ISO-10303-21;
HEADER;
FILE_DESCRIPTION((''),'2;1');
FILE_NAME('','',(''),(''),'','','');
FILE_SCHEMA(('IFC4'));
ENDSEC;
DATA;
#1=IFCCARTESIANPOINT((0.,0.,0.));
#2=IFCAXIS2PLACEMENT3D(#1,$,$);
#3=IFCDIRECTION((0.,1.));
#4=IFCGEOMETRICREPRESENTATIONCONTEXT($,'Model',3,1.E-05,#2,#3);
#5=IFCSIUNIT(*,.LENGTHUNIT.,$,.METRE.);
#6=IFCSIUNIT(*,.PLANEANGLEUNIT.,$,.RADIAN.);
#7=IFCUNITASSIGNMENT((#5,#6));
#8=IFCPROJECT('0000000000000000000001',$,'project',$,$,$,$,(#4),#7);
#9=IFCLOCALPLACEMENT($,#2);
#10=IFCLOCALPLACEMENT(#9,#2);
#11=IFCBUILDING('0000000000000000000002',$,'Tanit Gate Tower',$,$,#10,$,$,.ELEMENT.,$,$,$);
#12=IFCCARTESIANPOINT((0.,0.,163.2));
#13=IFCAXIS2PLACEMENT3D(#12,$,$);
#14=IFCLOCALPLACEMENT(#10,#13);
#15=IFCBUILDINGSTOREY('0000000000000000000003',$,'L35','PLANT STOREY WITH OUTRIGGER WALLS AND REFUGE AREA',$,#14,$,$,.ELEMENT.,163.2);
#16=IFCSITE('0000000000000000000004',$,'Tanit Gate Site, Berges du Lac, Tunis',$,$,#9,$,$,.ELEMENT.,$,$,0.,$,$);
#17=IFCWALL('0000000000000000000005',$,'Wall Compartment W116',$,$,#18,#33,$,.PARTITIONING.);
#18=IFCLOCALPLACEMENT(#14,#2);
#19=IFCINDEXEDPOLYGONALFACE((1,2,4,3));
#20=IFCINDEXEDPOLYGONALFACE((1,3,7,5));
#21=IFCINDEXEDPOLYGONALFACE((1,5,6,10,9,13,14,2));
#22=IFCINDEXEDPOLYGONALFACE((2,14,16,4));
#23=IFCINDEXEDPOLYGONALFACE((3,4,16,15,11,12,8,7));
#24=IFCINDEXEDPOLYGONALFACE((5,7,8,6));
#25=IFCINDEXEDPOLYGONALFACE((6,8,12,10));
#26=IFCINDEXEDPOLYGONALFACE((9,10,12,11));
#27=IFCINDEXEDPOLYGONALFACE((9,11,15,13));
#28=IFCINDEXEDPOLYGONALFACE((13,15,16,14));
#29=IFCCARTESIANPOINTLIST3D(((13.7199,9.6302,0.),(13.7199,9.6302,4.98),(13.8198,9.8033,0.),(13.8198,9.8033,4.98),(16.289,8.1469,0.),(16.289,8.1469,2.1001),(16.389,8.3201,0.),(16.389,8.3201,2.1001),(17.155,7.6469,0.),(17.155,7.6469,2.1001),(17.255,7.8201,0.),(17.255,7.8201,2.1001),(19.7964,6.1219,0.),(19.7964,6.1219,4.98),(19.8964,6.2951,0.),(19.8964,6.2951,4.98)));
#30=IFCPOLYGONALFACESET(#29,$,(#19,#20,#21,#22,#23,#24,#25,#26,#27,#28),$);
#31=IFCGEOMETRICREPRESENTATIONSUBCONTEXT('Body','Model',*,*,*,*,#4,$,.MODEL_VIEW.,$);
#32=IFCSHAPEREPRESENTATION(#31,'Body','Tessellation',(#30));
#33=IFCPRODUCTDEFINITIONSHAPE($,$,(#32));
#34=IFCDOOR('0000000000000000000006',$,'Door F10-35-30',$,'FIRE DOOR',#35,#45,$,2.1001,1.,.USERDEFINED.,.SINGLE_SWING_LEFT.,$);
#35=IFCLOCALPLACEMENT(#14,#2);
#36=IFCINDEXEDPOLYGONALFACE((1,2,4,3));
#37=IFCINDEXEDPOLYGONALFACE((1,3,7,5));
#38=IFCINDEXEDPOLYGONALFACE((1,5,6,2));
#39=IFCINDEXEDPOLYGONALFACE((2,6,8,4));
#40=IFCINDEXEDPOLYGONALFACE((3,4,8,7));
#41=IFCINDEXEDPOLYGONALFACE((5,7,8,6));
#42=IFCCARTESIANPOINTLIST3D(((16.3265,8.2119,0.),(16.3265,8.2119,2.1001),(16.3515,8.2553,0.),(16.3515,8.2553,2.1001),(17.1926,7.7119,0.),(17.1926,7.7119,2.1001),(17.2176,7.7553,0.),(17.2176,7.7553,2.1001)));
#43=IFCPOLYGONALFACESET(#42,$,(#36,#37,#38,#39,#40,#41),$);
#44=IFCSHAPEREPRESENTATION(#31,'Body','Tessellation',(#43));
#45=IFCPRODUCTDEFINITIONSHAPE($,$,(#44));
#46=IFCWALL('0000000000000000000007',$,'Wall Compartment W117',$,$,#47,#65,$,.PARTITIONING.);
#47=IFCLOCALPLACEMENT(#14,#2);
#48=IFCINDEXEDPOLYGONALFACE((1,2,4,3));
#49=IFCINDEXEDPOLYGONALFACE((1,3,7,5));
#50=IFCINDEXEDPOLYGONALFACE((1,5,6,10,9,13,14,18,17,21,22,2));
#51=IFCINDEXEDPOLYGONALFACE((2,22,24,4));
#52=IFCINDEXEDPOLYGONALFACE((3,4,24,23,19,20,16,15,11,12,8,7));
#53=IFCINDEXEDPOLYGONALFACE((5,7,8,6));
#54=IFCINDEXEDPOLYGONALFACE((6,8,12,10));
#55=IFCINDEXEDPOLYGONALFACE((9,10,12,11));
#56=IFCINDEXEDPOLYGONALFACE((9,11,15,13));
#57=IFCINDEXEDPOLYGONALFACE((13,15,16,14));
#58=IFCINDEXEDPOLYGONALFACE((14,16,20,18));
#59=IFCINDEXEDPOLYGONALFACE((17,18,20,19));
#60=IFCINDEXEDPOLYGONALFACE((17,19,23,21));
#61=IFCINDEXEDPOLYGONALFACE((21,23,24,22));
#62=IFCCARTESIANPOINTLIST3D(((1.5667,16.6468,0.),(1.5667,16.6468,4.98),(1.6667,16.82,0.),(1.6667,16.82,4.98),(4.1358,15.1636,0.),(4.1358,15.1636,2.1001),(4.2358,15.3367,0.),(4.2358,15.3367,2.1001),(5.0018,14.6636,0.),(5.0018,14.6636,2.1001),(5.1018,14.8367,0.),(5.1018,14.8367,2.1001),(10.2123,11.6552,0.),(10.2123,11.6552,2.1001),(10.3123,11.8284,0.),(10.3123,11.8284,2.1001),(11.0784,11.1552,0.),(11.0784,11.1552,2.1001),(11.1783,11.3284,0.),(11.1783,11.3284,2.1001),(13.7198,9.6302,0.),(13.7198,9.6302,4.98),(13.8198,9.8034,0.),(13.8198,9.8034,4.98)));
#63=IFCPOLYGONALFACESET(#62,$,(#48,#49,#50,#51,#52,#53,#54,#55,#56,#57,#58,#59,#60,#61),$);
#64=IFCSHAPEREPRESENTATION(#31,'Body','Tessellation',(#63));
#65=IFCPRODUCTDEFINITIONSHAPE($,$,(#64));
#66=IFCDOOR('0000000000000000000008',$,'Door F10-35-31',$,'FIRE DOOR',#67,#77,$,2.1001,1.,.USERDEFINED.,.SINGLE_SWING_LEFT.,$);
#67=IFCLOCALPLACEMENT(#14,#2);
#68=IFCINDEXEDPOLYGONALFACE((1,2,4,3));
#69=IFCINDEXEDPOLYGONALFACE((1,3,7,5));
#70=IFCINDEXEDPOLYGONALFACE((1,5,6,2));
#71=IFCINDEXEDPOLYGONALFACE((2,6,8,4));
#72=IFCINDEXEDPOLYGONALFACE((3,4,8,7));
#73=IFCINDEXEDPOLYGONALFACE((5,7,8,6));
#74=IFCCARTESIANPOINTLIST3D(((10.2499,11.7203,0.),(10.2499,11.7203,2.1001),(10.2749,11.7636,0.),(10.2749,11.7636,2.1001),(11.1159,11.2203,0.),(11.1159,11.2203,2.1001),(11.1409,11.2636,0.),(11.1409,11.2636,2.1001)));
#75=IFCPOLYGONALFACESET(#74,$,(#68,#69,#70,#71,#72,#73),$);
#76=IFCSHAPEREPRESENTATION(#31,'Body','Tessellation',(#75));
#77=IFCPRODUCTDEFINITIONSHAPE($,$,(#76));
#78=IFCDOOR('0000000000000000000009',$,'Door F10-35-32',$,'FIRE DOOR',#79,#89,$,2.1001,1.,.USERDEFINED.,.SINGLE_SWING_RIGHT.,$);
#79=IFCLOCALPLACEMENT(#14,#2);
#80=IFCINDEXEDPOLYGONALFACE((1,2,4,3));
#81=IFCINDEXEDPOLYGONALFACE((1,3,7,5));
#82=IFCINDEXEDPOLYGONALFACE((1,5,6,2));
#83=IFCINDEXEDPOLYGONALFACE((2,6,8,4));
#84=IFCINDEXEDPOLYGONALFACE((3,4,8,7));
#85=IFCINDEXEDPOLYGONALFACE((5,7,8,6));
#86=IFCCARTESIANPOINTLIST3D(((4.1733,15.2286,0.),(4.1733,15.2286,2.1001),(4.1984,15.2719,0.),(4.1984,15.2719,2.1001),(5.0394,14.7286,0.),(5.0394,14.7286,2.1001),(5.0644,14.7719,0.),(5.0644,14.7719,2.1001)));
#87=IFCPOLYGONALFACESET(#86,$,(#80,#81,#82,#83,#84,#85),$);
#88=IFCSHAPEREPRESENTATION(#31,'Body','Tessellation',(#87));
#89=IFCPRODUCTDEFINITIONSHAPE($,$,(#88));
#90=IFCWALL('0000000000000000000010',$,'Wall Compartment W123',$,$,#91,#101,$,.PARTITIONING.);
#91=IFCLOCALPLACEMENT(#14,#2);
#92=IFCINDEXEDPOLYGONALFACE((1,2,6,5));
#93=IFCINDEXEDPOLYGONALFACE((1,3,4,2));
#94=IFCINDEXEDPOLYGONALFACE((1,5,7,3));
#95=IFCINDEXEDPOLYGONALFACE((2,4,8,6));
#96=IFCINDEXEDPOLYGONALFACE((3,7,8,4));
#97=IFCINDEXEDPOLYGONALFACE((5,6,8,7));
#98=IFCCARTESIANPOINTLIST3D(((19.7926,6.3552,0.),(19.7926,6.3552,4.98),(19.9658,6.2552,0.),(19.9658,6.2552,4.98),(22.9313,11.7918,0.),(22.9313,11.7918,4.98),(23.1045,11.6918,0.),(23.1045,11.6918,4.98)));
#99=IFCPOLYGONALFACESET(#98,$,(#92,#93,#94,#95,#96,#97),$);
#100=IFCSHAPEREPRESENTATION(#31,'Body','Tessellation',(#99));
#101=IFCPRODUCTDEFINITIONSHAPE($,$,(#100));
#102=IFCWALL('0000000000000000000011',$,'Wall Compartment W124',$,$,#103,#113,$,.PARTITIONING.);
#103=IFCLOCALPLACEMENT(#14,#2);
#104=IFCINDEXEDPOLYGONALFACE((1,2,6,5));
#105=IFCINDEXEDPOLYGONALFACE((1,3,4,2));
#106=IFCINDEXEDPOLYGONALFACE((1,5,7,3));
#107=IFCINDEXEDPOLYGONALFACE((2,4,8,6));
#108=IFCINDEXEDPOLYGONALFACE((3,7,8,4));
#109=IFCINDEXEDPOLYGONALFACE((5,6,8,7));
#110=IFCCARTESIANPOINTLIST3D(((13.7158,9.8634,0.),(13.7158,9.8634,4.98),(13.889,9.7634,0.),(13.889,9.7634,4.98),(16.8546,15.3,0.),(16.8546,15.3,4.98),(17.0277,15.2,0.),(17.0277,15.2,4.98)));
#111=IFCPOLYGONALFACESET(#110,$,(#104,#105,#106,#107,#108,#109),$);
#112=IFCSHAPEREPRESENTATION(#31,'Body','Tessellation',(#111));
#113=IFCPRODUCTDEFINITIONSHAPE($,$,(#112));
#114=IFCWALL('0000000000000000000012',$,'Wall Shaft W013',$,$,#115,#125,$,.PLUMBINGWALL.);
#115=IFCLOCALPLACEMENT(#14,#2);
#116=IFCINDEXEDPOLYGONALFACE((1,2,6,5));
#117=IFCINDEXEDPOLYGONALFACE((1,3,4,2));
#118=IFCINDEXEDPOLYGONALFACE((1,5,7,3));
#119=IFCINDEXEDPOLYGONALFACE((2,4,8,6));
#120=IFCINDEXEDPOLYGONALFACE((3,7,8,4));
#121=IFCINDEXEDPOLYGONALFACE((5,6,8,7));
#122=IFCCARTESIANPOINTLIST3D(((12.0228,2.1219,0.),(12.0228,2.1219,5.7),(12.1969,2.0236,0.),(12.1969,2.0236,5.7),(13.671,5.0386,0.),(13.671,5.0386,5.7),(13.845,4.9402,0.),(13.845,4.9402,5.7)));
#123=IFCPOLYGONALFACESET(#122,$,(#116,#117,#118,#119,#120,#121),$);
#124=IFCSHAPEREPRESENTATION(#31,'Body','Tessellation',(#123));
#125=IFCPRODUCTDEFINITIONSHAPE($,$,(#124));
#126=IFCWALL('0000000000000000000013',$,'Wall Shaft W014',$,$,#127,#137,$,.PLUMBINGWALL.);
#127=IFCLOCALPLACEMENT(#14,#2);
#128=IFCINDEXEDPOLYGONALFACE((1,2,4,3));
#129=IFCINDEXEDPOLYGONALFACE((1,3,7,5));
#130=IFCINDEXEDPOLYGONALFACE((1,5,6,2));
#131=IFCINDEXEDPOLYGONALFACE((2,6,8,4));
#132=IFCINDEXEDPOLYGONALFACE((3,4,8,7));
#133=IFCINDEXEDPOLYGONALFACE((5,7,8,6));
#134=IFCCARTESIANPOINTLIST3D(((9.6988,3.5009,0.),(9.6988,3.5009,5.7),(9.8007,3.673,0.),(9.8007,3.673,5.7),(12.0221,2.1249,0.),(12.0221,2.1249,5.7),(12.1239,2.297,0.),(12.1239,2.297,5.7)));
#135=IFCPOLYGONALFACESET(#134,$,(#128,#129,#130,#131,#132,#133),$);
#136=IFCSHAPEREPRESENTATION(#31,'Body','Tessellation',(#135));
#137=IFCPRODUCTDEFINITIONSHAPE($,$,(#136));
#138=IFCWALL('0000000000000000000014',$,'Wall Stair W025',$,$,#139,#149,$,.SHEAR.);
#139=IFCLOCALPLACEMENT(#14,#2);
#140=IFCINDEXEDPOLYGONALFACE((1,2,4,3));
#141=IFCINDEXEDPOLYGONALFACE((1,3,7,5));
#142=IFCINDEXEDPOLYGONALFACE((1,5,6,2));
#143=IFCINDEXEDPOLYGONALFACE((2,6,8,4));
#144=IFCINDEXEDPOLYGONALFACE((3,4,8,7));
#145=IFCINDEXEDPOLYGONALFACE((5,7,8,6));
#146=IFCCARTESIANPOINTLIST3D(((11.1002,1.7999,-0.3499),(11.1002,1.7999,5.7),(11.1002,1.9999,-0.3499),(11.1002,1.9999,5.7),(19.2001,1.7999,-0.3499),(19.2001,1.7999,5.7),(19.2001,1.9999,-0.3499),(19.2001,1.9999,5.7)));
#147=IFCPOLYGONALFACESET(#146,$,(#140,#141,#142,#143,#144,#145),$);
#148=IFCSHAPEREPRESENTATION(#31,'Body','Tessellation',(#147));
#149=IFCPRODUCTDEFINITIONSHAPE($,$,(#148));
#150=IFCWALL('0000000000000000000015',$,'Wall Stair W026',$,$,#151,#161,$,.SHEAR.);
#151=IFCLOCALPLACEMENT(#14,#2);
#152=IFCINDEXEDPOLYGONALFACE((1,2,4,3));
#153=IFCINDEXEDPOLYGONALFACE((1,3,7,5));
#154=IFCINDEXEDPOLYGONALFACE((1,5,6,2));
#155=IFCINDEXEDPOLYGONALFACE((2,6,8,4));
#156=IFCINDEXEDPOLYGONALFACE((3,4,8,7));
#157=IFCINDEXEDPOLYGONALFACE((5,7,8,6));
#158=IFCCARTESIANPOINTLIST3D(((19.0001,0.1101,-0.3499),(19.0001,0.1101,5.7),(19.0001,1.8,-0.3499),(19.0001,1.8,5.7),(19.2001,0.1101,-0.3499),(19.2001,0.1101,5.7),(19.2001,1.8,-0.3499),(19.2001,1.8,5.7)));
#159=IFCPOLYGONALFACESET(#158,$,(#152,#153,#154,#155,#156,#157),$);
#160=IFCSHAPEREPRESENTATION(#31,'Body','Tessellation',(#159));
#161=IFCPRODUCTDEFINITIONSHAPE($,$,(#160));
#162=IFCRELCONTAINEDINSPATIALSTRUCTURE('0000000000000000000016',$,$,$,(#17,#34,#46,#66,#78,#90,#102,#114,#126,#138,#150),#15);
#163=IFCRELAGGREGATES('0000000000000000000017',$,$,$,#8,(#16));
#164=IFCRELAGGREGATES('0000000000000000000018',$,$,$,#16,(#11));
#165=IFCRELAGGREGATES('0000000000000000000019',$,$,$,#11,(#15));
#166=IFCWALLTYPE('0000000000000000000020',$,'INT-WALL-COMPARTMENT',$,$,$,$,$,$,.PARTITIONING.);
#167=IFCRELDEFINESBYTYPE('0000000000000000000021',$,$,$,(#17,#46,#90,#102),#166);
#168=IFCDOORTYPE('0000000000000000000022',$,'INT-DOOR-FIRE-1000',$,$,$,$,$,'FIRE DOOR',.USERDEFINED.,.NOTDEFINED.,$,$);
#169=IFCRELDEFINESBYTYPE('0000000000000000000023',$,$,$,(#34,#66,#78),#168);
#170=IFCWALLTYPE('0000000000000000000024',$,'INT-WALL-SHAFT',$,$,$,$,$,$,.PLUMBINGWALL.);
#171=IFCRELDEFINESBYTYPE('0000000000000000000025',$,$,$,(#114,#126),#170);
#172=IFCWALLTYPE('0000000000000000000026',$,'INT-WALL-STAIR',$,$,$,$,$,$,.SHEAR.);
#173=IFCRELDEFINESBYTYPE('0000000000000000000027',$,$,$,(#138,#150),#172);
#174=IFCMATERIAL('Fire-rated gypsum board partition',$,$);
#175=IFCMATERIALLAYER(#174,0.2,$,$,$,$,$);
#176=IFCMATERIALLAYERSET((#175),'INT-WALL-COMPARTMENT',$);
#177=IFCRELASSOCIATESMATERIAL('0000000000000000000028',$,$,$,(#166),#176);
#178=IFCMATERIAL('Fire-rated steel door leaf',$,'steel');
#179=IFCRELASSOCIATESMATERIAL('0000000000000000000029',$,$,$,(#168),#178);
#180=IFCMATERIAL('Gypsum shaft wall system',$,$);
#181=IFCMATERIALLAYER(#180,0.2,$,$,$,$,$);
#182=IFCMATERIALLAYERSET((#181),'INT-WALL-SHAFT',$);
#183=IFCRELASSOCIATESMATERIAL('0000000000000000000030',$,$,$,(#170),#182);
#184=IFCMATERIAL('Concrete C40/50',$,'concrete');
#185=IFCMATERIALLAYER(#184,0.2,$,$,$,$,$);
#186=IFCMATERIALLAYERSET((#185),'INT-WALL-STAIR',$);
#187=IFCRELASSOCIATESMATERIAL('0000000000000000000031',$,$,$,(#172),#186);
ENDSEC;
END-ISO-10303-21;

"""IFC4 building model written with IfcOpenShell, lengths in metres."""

from ifc_helpers import new_model, si_unit, direction, frame, frame_2d, origin, place, context, subcontext, project, spatial, rectangle, extrude, material, layer, layer_set, type_object, element, fill, save


model = new_model("IFC4")

# Units and contexts
model_context = context("Model", 3, precision=1e-05, world=origin(), true_north=direction((0.0, 1.0)))
body_context = subcontext(model_context, "Body", "Model", "MODEL_VIEW")
ifc_project = project(units=[si_unit("LENGTHUNIT", "METRE"), si_unit("PLANEANGLEUNIT", "RADIAN")], contexts=[model_context])

# Site, building, storey
site_placement = place(None, origin())
site = spatial("IfcSite", under=ifc_project, at=site_placement, Name="Tanit Gate Site, Berges du Lac, Tunis", CompositionType="ELEMENT", RefElevation=0.0)
building_placement = place(site_placement, origin())
building = spatial("IfcBuilding", under=site, at=building_placement, Name="Tanit Gate Tower", CompositionType="ELEMENT")
storey_placement = place(building_placement, frame((0.0, 0.0, 163.2)))
storey = spatial("IfcBuildingStorey", under=building, at=storey_placement, Name="L35", Description="PLANT STOREY WITH OUTRIGGER WALLS AND REFUGE AREA", CompositionType="ELEMENT", Elevation=163.2)

# Shared definitions
ifc_material_1 = material(Name="Fire-rated gypsum board partition")
ifc_layer_1 = layer(ifc_material_1, 0.2)
ifc_layer_set_1 = layer_set([ifc_layer_1], Name="INT-WALL-COMPARTMENT")
wall_type_1 = type_object("IfcWallType", Name="INT-WALL-COMPARTMENT", PredefinedType="PARTITIONING", material=ifc_layer_set_1)

# Wall, opening, door
wall_1_placement = place(storey_placement, frame((19.8464, 6.2085, 0.0), z_axis=(0.0, 0.0, 1.0), x_axis=(-0.866029, 0.499994, 0.0)))
wall_1 = element("IfcWall", 1, at=wall_1_placement, inside=storey, type_object=wall_type_1, Name="Wall Compartment W116", PredefinedType="PARTITIONING", context=body_context, shape_type="SweptSolid", body=[
    extrude(rectangle(XDim=7.0166, YDim=0.2, at=frame_2d((3.5083, 0.0))), origin(), (0.0, 0.0, 1.0), 4.98),
])
opening_1_placement = place(wall_1_placement, frame((3.05, 0.0, 0.0)))
opening_1 = element("IfcOpeningElement", 2, at=opening_1_placement, cuts=wall_1, PredefinedType="OPENING", context=body_context, shape_type="SweptSolid", body=[
    extrude(rectangle(XDim=1.0, YDim=2.1001, at=frame_2d((0.5, 1.05))), frame((0.0, 0.1099, 0.0), z_axis=(0.0, -1.0, 0.0), x_axis=(1.0, 0.0, 0.0)), (0.0, 0.0, 1.0), 0.22),
])
ifc_material_2 = material(Name="Fire-rated steel door leaf", Category="steel")
door_type_1 = type_object("IfcDoorType", Name="INT-DOOR-FIRE-1000", ElementType="FIRE DOOR", OperationType="NOTDEFINED", PredefinedType="USERDEFINED", material=ifc_material_2)
door_1_placement = place(opening_1_placement, origin())
door_1 = element("IfcDoor", 3, at=door_1_placement, inside=storey, type_object=door_type_1, Name="Door F10-35-30", ObjectType="FIRE DOOR", OperationType="SINGLE_SWING_LEFT", OverallHeight=2.1001, OverallWidth=1.0, PredefinedType="USERDEFINED", context=body_context, shape_type="SweptSolid", body=[
    extrude(rectangle(XDim=1.0, YDim=2.1001, at=frame_2d((0.5, 1.05))), frame((0.0, 0.0249, 0.0), z_axis=(0.0, -1.0, 0.0), x_axis=(1.0, 0.0, 0.0)), (0.0, 0.0, 1.0), 0.05),
])
fill(opening_1, door_1)

# Wall, openings, doors
wall_2_placement = place(storey_placement, frame((13.7698, 9.7168, 0.0), z_axis=(0.0, 0.0, 1.0), x_axis=(-0.866025, 0.500001, 0.0)))
wall_2 = element("IfcWall", 4, at=wall_2_placement, inside=storey, type_object=wall_type_1, Name="Wall Compartment W117", PredefinedType="PARTITIONING", context=body_context, shape_type="SweptSolid", body=[
    extrude(rectangle(XDim=14.0332, YDim=0.2, at=frame_2d((7.0166, 0.0))), origin(), (0.0, 0.0, 1.0), 4.98),
])
opening_2_placement = place(wall_2_placement, frame((3.05, 0.0, 0.0)))
opening_2 = element("IfcOpeningElement", 5, at=opening_2_placement, cuts=wall_2, PredefinedType="OPENING", context=body_context, shape_type="SweptSolid", body=[
    extrude(rectangle(XDim=1.0, YDim=2.1001, at=frame_2d((0.5, 1.05))), frame((0.0, 0.1099, 0.0), z_axis=(0.0, -1.0, 0.0), x_axis=(1.0, 0.0, 0.0)), (0.0, 0.0, 1.0), 0.22),
])
opening_3_placement = place(wall_2_placement, frame((10.0667, 0.0, 0.0)))
opening_3 = element("IfcOpeningElement", 6, at=opening_3_placement, cuts=wall_2, PredefinedType="OPENING", context=body_context, shape_type="SweptSolid", body=[
    extrude(rectangle(XDim=1.0, YDim=2.1001, at=frame_2d((0.5, 1.05))), frame((0.0, 0.1099, 0.0), z_axis=(0.0, -1.0, 0.0), x_axis=(1.0, 0.0, 0.0)), (0.0, 0.0, 1.0), 0.22),
])
door_2_placement = place(opening_2_placement, origin())
door_2 = element("IfcDoor", 7, at=door_2_placement, inside=storey, type_object=door_type_1, Name="Door F10-35-31", ObjectType="FIRE DOOR", OperationType="SINGLE_SWING_LEFT", OverallHeight=2.1001, OverallWidth=1.0, PredefinedType="USERDEFINED", context=body_context, shape_type="SweptSolid", body=[
    extrude(rectangle(XDim=1.0, YDim=2.1001, at=frame_2d((0.5, 1.05))), frame((0.0, 0.0249, 0.0), z_axis=(0.0, -1.0, 0.0), x_axis=(1.0, 0.0, 0.0)), (0.0, 0.0, 1.0), 0.05),
])
fill(opening_2, door_2)
door_3_placement = place(opening_3_placement, origin())
door_3 = element("IfcDoor", 8, at=door_3_placement, inside=storey, type_object=door_type_1, Name="Door F10-35-32", ObjectType="FIRE DOOR", OperationType="SINGLE_SWING_RIGHT", OverallHeight=2.1001, OverallWidth=1.0, PredefinedType="USERDEFINED", context=body_context, shape_type="SweptSolid", body=[
    extrude(rectangle(XDim=1.0, YDim=2.1001, at=frame_2d((0.5, 1.05))), frame((0.0, 0.0249, 0.0), z_axis=(0.0, -1.0, 0.0), x_axis=(1.0, 0.0, 0.0)), (0.0, 0.0, 1.0), 0.05),
])
fill(opening_3, door_3)

# Walls
for number, where, z_axis, x_axis, name in (
    (9, (23.0178, 11.7417, 0.0), (0.0, 0.0, 1.0), (-0.499987, -0.866033, 0.0), "Wall Compartment W123"),
    (10, (13.8025, 9.8135, 0.0), (0.0, 0.0, 1.0), (0.499987, 0.866033, 0.0), "Wall Compartment W124"),
):
    element("IfcWall", number, at=place(storey_placement, frame(where, z_axis=z_axis, x_axis=x_axis)), inside=storey, type_object=wall_type_1, Name=name, PredefinedType="PARTITIONING", context=body_context, shape_type="SweptSolid", body=[
        extrude(rectangle(XDim=6.2776, YDim=0.2, at=frame_2d((3.1387, 0.0))), origin(), (0.0, 0.0, 1.0), 4.98),
    ])
ifc_material_3 = material(Name="Gypsum shaft wall system")
ifc_layer_2 = layer(ifc_material_3, 0.2)
ifc_layer_set_2 = layer_set([ifc_layer_2], Name="INT-WALL-SHAFT")
wall_type_2 = type_object("IfcWallType", Name="INT-WALL-SHAFT", PredefinedType="PLUMBINGWALL", material=ifc_layer_set_2)
wall_3_placement = place(storey_placement, frame((12.1099, 2.0728, 0.0), z_axis=(0.0, 0.0, 1.0), x_axis=(0.491966, 0.870614, 0.0)))
element("IfcWall", 11, at=wall_3_placement, inside=storey, type_object=wall_type_2, Name="Wall Shaft W013", PredefinedType="PLUMBINGWALL", context=body_context, shape_type="SweptSolid", body=[
    extrude(rectangle(XDim=3.3501, YDim=0.2, at=frame_2d((1.675, 0.0))), origin(), (0.0, 0.0, 1.0), 5.7),
])
wall_4_placement = place(storey_placement, frame((12.073, 2.2109, 0.0), z_axis=(0.0, 0.0, 1.0), x_axis=(-0.860415, 0.509594, 0.0)))
element("IfcWall", 12, at=wall_4_placement, inside=storey, type_object=wall_type_2, Name="Wall Shaft W014", PredefinedType="PLUMBINGWALL", context=body_context, shape_type="SweptSolid", body=[
    extrude(rectangle(XDim=2.7002, YDim=0.2, at=frame_2d((1.3501, 0.0))), origin(), (0.0, 0.0, 1.0), 5.7),
])
ifc_material_4 = material(Name="Concrete C40/50", Category="concrete")
ifc_layer_3 = layer(ifc_material_4, 0.2)
ifc_layer_set_3 = layer_set([ifc_layer_3], Name="INT-WALL-STAIR")
wall_type_3 = type_object("IfcWallType", Name="INT-WALL-STAIR", PredefinedType="SHEAR", material=ifc_layer_set_3)
wall_5_placement = place(storey_placement, frame((19.2, 1.8999, -0.3499), z_axis=(0.0, 0.0, 1.0), x_axis=(-1.0, 0.0, 0.0)))
element("IfcWall", 13, at=wall_5_placement, inside=storey, type_object=wall_type_3, Name="Wall Stair W025", PredefinedType="SHEAR", context=body_context, shape_type="SweptSolid", body=[
    extrude(rectangle(XDim=8.0999, YDim=0.2, at=frame_2d((4.0498, 0.0))), origin(), (0.0, 0.0, 1.0), 6.0498),
])
wall_6_placement = place(storey_placement, frame((19.1001, 0.1101, -0.3499), z_axis=(0.0, 0.0, 1.0), x_axis=(0.0, 1.0, 0.0)))
element("IfcWall", 14, at=wall_6_placement, inside=storey, type_object=wall_type_3, Name="Wall Stair W026", PredefinedType="SHEAR", context=body_context, shape_type="SweptSolid", body=[
    extrude(rectangle(XDim=1.6899, YDim=0.2, at=frame_2d((0.845, 0.0))), origin(), (0.0, 0.0, 1.0), 6.0498),
])

save(model, "model.ifc")
